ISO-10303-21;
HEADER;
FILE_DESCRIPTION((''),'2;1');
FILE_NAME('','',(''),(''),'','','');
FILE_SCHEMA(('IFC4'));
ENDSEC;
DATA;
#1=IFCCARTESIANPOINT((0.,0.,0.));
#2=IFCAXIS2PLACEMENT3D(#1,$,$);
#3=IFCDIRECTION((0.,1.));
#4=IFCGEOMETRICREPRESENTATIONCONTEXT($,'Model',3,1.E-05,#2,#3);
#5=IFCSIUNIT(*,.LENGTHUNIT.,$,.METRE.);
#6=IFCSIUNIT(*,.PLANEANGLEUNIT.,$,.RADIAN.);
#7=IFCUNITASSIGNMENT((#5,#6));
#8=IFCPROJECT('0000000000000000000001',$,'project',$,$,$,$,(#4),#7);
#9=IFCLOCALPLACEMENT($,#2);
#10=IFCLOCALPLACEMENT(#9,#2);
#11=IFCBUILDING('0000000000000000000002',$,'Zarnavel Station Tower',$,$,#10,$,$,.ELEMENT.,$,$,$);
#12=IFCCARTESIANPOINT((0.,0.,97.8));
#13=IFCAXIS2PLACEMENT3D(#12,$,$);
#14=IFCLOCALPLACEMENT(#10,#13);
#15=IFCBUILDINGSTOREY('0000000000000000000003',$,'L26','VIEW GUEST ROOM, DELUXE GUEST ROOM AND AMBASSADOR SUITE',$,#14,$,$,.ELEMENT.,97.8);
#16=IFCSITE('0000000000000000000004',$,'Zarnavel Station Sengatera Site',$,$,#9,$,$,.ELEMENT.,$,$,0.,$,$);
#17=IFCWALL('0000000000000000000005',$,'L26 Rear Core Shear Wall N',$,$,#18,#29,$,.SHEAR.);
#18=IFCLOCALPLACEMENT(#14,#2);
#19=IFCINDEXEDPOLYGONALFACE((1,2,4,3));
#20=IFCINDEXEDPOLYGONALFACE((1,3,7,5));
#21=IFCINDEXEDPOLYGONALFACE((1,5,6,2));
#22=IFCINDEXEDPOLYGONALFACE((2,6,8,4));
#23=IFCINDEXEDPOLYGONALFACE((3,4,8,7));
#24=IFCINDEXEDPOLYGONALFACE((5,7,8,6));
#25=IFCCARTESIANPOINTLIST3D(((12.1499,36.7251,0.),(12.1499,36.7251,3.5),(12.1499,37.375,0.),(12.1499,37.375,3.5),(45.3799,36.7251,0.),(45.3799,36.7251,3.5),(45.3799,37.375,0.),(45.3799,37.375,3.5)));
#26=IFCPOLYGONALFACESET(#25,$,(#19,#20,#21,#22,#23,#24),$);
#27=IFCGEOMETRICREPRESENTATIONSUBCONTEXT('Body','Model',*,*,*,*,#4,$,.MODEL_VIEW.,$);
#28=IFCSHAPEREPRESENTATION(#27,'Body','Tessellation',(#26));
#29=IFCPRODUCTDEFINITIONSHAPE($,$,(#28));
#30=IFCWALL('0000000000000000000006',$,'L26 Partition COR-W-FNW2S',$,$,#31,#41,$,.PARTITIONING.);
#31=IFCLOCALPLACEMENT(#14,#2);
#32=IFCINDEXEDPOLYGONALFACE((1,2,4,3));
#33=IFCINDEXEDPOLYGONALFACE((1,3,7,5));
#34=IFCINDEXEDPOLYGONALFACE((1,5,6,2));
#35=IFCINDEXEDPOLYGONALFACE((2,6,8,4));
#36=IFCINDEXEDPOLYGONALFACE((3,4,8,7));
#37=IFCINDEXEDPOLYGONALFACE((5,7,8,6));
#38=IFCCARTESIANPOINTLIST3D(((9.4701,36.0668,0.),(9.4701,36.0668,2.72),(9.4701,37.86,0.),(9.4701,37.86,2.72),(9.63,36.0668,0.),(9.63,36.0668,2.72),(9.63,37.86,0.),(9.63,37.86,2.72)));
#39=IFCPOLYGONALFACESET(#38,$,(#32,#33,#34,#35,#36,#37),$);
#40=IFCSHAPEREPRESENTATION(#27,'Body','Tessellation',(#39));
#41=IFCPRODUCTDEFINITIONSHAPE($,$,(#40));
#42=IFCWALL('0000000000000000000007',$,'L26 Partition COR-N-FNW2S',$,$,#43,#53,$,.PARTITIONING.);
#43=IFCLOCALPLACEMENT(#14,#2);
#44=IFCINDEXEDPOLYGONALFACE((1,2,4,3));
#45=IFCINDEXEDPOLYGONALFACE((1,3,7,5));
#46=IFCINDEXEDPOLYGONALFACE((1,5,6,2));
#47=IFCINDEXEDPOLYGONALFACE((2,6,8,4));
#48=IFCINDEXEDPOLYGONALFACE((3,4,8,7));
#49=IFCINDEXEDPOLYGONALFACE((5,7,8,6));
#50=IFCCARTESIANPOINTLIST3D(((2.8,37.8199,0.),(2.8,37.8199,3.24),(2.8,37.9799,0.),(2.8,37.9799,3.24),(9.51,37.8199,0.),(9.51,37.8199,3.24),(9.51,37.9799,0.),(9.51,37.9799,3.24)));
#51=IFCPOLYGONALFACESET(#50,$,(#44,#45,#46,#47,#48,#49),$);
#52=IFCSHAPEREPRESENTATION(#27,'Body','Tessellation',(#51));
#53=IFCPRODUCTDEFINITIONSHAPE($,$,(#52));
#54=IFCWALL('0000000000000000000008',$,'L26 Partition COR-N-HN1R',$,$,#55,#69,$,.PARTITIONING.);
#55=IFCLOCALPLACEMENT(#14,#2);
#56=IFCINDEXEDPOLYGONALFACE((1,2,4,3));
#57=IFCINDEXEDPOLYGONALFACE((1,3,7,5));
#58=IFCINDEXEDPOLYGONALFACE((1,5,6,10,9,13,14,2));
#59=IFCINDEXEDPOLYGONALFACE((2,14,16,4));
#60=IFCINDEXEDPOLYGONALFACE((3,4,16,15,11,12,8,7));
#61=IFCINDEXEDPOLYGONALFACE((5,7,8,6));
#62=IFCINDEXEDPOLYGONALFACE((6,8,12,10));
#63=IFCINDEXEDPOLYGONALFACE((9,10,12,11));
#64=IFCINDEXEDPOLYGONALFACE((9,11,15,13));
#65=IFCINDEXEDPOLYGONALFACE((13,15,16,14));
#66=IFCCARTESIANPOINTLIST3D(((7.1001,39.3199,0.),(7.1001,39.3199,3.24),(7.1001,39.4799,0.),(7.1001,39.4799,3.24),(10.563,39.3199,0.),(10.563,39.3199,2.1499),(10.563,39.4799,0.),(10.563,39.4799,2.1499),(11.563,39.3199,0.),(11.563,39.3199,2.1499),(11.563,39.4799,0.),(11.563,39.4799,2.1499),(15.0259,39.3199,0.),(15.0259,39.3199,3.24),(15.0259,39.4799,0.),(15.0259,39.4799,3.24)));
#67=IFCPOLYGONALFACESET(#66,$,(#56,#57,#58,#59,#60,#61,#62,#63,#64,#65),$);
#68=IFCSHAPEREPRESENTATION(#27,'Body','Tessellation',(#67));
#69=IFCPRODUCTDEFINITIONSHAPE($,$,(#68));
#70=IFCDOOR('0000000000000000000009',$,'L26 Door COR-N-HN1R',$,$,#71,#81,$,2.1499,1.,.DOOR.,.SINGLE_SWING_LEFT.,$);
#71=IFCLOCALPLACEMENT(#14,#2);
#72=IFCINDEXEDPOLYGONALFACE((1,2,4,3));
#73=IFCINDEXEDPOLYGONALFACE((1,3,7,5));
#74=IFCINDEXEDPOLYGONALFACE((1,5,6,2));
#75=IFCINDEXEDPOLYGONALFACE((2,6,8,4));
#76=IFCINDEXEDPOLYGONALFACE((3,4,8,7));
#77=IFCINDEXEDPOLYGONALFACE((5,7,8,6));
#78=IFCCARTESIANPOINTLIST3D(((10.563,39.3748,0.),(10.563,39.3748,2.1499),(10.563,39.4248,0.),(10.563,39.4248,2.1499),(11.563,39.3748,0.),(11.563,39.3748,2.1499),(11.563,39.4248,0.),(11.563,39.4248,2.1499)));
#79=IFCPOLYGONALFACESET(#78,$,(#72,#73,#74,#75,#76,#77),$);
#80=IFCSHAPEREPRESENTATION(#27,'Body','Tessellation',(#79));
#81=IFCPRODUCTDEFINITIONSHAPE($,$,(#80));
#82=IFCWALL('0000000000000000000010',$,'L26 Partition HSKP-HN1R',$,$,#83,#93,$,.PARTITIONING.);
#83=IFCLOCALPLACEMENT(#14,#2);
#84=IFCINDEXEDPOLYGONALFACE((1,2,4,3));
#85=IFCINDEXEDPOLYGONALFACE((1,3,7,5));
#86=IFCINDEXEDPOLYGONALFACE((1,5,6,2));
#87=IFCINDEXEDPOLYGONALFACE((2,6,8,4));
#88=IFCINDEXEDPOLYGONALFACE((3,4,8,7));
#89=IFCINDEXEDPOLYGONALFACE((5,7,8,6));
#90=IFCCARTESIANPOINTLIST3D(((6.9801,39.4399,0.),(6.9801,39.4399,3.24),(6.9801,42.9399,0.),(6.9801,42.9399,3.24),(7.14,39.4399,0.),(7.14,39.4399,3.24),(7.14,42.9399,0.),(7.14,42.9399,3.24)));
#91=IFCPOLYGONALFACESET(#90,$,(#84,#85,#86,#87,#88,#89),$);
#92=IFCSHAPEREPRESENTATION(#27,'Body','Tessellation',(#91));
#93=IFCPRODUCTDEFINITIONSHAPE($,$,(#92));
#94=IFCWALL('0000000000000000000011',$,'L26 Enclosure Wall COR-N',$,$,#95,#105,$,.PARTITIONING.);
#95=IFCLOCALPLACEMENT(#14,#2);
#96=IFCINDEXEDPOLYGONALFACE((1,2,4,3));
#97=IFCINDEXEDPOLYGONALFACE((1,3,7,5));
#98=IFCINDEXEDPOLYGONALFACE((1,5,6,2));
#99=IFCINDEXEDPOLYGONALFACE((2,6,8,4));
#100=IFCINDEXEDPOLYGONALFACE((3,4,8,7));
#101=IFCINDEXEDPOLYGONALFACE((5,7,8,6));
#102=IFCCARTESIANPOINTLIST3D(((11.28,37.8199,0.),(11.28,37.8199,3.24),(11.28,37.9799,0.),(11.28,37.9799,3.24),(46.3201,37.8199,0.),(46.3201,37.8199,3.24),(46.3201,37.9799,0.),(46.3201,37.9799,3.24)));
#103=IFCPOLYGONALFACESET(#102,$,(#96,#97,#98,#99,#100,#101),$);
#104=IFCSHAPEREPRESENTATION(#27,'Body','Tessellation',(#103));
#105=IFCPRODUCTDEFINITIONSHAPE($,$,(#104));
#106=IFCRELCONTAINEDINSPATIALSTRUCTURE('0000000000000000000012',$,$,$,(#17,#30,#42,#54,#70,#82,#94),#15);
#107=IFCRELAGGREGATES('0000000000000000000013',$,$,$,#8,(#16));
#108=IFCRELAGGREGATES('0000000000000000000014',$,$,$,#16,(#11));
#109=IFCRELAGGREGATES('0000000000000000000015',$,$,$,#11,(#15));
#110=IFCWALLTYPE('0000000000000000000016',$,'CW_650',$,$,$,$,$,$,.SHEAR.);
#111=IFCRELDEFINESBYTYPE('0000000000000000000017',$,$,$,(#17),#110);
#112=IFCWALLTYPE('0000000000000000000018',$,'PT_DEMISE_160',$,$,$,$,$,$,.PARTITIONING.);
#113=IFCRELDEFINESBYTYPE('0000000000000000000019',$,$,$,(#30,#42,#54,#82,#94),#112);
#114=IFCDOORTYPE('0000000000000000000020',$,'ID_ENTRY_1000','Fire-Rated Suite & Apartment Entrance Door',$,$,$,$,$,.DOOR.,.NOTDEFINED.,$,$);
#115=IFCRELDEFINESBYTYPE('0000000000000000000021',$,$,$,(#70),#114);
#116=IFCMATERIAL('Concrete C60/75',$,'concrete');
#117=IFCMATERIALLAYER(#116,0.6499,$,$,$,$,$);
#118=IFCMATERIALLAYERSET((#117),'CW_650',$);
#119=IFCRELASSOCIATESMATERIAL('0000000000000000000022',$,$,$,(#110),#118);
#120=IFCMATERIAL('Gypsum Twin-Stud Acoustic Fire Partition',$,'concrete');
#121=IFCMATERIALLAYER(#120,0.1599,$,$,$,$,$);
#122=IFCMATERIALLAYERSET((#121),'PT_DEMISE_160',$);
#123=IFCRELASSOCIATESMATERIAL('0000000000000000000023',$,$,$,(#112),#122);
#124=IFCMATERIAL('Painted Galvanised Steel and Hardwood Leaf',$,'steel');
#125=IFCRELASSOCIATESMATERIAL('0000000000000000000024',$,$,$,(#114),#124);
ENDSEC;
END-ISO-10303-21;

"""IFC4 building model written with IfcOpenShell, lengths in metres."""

from ifc_helpers import new_model, si_unit, direction, frame, frame_2d, origin, place, context, subcontext, project, spatial, rectangle, extrude, material, layer, layer_set, type_object, element, fill, save


model = new_model("IFC4")

# Units and contexts
model_context = context("Model", 3, precision=1e-05, world=origin(), true_north=direction((0.0, 1.0)))
body_context = subcontext(model_context, "Body", "Model", "MODEL_VIEW")
ifc_project = project(units=[si_unit("LENGTHUNIT", "METRE"), si_unit("PLANEANGLEUNIT", "RADIAN")], contexts=[model_context])

# Site, building, storey
site_placement = place(None, origin())
site = spatial("IfcSite", under=ifc_project, at=site_placement, Name="Zarnavel Station Sengatera Site", CompositionType="ELEMENT", RefElevation=0.0)
building_placement = place(site_placement, origin())
building = spatial("IfcBuilding", under=site, at=building_placement, Name="Zarnavel Station Tower", CompositionType="ELEMENT")
storey_placement = place(building_placement, frame((0.0, 0.0, 97.8)))
storey = spatial("IfcBuildingStorey", under=building, at=storey_placement, Name="L26", Description="VIEW GUEST ROOM, DELUXE GUEST ROOM AND AMBASSADOR SUITE", CompositionType="ELEMENT", Elevation=97.8)

# Wall
ifc_material_1 = material(Name="Concrete C60/75", Category="concrete")
ifc_layer_1 = layer(ifc_material_1, 0.6499)
ifc_layer_set_1 = layer_set([ifc_layer_1], Name="CW_650")
wall_type_1 = type_object("IfcWallType", Name="CW_650", PredefinedType="SHEAR", material=ifc_layer_set_1)
wall_1_placement = place(storey_placement, frame((12.1499, 37.05, 0.0), z_axis=(0.0, 0.0, 1.0), x_axis=(1.0, 0.0, 0.0)))
element("IfcWall", 1, at=wall_1_placement, inside=storey, type_object=wall_type_1, Name="L26 Rear Core Shear Wall N", PredefinedType="SHEAR", context=body_context, shape_type="SweptSolid", body=[
    extrude(rectangle(XDim=33.23, YDim=0.6499, at=frame_2d((16.615, 0.0))), origin(), (0.0, 0.0, 1.0), 3.5),
])

# Walls
ifc_material_2 = material(Name="Gypsum Twin-Stud Acoustic Fire Partition", Category="concrete")
ifc_layer_2 = layer(ifc_material_2, 0.1599)
ifc_layer_set_2 = layer_set([ifc_layer_2], Name="PT_DEMISE_160")
wall_type_2 = type_object("IfcWallType", Name="PT_DEMISE_160", PredefinedType="PARTITIONING", material=ifc_layer_set_2)
wall_2_placement = place(storey_placement, frame((9.55, 36.0669, 0.0), z_axis=(0.0, 0.0, 1.0), x_axis=(0.0, 1.0, 0.0)))
element("IfcWall", 2, at=wall_2_placement, inside=storey, type_object=wall_type_2, Name="L26 Partition COR-W-FNW2S", PredefinedType="PARTITIONING", context=body_context, shape_type="SweptSolid", body=[
    extrude(rectangle(XDim=1.7932, YDim=0.1599, at=frame_2d((0.8965, 0.0))), origin(), (0.0, 0.0, 1.0), 2.72),
])
wall_3_placement = place(storey_placement, frame((2.8, 37.8999, 0.0), z_axis=(0.0, 0.0, 1.0), x_axis=(1.0, 0.0, 0.0)))
element("IfcWall", 3, at=wall_3_placement, inside=storey, type_object=wall_type_2, Name="L26 Partition COR-N-FNW2S", PredefinedType="PARTITIONING", context=body_context, shape_type="SweptSolid", body=[
    extrude(rectangle(XDim=6.71, YDim=0.1599, at=frame_2d((3.355, 0.0))), origin(), (0.0, 0.0, 1.0), 3.24),
])

# Wall, opening, door
wall_4_placement = place(storey_placement, frame((7.1001, 39.3999, 0.0), z_axis=(0.0, 0.0, 1.0), x_axis=(1.0, 0.0, 0.0)))
wall_4 = element("IfcWall", 4, at=wall_4_placement, inside=storey, type_object=wall_type_2, Name="L26 Partition COR-N-HN1R", PredefinedType="PARTITIONING", context=body_context, shape_type="SweptSolid", body=[
    extrude(rectangle(XDim=7.9258, YDim=0.1599, at=frame_2d((3.9629, 0.0))), origin(), (0.0, 0.0, 1.0), 3.24),
])
opening_1_placement = place(wall_4_placement, frame((3.4629, 0.0, 0.0)))
opening_1 = element("IfcOpeningElement", 5, at=opening_1_placement, cuts=wall_4, PredefinedType="OPENING", context=body_context, shape_type="SweptSolid", body=[
    extrude(rectangle(XDim=1.0, YDim=2.1499, at=frame_2d((0.5, 1.075))), frame((0.0, 0.0898, 0.0), z_axis=(0.0, -1.0, 0.0), x_axis=(1.0, 0.0, 0.0)), (0.0, 0.0, 1.0), 0.1799),
])
ifc_material_3 = material(Name="Painted Galvanised Steel and Hardwood Leaf", Category="steel")
door_type = type_object("IfcDoorType", Name="ID_ENTRY_1000", Description="Fire-Rated Suite & Apartment Entrance Door", OperationType="NOTDEFINED", PredefinedType="DOOR", material=ifc_material_3)
door_placement = place(opening_1_placement, origin())
door = element("IfcDoor", 6, at=door_placement, inside=storey, type_object=door_type, Name="L26 Door COR-N-HN1R", OperationType="SINGLE_SWING_LEFT", OverallHeight=2.1499, OverallWidth=1.0, PredefinedType="DOOR", context=body_context, shape_type="SweptSolid", body=[
    extrude(rectangle(XDim=1.0, YDim=2.1499, at=frame_2d((0.5, 1.075))), frame((0.0, 0.0249, 0.0), z_axis=(0.0, -1.0, 0.0), x_axis=(1.0, 0.0, 0.0)), (0.0, 0.0, 1.0), 0.05),
])
fill(opening_1, door)

# Walls
wall_5_placement = place(storey_placement, frame((7.0601, 39.4399, 0.0), z_axis=(0.0, 0.0, 1.0), x_axis=(0.0, 1.0, 0.0)))
element("IfcWall", 7, at=wall_5_placement, inside=storey, type_object=wall_type_2, Name="L26 Partition HSKP-HN1R", PredefinedType="PARTITIONING", context=body_context, shape_type="SweptSolid", body=[
    extrude(rectangle(XDim=3.5, YDim=0.1599, at=frame_2d((1.75, 0.0))), origin(), (0.0, 0.0, 1.0), 3.24),
])
wall_6_placement = place(storey_placement, frame((11.28, 37.8999, 0.0), z_axis=(0.0, 0.0, 1.0), x_axis=(1.0, 0.0, 0.0)))
element("IfcWall", 8, at=wall_6_placement, inside=storey, type_object=wall_type_2, Name="L26 Enclosure Wall COR-N", PredefinedType="PARTITIONING", context=body_context, shape_type="SweptSolid", body=[
    extrude(rectangle(XDim=35.04, YDim=0.1599, at=frame_2d((17.52, 0.0))), origin(), (0.0, 0.0, 1.0), 3.24),
])

save(model, "model.ifc")
